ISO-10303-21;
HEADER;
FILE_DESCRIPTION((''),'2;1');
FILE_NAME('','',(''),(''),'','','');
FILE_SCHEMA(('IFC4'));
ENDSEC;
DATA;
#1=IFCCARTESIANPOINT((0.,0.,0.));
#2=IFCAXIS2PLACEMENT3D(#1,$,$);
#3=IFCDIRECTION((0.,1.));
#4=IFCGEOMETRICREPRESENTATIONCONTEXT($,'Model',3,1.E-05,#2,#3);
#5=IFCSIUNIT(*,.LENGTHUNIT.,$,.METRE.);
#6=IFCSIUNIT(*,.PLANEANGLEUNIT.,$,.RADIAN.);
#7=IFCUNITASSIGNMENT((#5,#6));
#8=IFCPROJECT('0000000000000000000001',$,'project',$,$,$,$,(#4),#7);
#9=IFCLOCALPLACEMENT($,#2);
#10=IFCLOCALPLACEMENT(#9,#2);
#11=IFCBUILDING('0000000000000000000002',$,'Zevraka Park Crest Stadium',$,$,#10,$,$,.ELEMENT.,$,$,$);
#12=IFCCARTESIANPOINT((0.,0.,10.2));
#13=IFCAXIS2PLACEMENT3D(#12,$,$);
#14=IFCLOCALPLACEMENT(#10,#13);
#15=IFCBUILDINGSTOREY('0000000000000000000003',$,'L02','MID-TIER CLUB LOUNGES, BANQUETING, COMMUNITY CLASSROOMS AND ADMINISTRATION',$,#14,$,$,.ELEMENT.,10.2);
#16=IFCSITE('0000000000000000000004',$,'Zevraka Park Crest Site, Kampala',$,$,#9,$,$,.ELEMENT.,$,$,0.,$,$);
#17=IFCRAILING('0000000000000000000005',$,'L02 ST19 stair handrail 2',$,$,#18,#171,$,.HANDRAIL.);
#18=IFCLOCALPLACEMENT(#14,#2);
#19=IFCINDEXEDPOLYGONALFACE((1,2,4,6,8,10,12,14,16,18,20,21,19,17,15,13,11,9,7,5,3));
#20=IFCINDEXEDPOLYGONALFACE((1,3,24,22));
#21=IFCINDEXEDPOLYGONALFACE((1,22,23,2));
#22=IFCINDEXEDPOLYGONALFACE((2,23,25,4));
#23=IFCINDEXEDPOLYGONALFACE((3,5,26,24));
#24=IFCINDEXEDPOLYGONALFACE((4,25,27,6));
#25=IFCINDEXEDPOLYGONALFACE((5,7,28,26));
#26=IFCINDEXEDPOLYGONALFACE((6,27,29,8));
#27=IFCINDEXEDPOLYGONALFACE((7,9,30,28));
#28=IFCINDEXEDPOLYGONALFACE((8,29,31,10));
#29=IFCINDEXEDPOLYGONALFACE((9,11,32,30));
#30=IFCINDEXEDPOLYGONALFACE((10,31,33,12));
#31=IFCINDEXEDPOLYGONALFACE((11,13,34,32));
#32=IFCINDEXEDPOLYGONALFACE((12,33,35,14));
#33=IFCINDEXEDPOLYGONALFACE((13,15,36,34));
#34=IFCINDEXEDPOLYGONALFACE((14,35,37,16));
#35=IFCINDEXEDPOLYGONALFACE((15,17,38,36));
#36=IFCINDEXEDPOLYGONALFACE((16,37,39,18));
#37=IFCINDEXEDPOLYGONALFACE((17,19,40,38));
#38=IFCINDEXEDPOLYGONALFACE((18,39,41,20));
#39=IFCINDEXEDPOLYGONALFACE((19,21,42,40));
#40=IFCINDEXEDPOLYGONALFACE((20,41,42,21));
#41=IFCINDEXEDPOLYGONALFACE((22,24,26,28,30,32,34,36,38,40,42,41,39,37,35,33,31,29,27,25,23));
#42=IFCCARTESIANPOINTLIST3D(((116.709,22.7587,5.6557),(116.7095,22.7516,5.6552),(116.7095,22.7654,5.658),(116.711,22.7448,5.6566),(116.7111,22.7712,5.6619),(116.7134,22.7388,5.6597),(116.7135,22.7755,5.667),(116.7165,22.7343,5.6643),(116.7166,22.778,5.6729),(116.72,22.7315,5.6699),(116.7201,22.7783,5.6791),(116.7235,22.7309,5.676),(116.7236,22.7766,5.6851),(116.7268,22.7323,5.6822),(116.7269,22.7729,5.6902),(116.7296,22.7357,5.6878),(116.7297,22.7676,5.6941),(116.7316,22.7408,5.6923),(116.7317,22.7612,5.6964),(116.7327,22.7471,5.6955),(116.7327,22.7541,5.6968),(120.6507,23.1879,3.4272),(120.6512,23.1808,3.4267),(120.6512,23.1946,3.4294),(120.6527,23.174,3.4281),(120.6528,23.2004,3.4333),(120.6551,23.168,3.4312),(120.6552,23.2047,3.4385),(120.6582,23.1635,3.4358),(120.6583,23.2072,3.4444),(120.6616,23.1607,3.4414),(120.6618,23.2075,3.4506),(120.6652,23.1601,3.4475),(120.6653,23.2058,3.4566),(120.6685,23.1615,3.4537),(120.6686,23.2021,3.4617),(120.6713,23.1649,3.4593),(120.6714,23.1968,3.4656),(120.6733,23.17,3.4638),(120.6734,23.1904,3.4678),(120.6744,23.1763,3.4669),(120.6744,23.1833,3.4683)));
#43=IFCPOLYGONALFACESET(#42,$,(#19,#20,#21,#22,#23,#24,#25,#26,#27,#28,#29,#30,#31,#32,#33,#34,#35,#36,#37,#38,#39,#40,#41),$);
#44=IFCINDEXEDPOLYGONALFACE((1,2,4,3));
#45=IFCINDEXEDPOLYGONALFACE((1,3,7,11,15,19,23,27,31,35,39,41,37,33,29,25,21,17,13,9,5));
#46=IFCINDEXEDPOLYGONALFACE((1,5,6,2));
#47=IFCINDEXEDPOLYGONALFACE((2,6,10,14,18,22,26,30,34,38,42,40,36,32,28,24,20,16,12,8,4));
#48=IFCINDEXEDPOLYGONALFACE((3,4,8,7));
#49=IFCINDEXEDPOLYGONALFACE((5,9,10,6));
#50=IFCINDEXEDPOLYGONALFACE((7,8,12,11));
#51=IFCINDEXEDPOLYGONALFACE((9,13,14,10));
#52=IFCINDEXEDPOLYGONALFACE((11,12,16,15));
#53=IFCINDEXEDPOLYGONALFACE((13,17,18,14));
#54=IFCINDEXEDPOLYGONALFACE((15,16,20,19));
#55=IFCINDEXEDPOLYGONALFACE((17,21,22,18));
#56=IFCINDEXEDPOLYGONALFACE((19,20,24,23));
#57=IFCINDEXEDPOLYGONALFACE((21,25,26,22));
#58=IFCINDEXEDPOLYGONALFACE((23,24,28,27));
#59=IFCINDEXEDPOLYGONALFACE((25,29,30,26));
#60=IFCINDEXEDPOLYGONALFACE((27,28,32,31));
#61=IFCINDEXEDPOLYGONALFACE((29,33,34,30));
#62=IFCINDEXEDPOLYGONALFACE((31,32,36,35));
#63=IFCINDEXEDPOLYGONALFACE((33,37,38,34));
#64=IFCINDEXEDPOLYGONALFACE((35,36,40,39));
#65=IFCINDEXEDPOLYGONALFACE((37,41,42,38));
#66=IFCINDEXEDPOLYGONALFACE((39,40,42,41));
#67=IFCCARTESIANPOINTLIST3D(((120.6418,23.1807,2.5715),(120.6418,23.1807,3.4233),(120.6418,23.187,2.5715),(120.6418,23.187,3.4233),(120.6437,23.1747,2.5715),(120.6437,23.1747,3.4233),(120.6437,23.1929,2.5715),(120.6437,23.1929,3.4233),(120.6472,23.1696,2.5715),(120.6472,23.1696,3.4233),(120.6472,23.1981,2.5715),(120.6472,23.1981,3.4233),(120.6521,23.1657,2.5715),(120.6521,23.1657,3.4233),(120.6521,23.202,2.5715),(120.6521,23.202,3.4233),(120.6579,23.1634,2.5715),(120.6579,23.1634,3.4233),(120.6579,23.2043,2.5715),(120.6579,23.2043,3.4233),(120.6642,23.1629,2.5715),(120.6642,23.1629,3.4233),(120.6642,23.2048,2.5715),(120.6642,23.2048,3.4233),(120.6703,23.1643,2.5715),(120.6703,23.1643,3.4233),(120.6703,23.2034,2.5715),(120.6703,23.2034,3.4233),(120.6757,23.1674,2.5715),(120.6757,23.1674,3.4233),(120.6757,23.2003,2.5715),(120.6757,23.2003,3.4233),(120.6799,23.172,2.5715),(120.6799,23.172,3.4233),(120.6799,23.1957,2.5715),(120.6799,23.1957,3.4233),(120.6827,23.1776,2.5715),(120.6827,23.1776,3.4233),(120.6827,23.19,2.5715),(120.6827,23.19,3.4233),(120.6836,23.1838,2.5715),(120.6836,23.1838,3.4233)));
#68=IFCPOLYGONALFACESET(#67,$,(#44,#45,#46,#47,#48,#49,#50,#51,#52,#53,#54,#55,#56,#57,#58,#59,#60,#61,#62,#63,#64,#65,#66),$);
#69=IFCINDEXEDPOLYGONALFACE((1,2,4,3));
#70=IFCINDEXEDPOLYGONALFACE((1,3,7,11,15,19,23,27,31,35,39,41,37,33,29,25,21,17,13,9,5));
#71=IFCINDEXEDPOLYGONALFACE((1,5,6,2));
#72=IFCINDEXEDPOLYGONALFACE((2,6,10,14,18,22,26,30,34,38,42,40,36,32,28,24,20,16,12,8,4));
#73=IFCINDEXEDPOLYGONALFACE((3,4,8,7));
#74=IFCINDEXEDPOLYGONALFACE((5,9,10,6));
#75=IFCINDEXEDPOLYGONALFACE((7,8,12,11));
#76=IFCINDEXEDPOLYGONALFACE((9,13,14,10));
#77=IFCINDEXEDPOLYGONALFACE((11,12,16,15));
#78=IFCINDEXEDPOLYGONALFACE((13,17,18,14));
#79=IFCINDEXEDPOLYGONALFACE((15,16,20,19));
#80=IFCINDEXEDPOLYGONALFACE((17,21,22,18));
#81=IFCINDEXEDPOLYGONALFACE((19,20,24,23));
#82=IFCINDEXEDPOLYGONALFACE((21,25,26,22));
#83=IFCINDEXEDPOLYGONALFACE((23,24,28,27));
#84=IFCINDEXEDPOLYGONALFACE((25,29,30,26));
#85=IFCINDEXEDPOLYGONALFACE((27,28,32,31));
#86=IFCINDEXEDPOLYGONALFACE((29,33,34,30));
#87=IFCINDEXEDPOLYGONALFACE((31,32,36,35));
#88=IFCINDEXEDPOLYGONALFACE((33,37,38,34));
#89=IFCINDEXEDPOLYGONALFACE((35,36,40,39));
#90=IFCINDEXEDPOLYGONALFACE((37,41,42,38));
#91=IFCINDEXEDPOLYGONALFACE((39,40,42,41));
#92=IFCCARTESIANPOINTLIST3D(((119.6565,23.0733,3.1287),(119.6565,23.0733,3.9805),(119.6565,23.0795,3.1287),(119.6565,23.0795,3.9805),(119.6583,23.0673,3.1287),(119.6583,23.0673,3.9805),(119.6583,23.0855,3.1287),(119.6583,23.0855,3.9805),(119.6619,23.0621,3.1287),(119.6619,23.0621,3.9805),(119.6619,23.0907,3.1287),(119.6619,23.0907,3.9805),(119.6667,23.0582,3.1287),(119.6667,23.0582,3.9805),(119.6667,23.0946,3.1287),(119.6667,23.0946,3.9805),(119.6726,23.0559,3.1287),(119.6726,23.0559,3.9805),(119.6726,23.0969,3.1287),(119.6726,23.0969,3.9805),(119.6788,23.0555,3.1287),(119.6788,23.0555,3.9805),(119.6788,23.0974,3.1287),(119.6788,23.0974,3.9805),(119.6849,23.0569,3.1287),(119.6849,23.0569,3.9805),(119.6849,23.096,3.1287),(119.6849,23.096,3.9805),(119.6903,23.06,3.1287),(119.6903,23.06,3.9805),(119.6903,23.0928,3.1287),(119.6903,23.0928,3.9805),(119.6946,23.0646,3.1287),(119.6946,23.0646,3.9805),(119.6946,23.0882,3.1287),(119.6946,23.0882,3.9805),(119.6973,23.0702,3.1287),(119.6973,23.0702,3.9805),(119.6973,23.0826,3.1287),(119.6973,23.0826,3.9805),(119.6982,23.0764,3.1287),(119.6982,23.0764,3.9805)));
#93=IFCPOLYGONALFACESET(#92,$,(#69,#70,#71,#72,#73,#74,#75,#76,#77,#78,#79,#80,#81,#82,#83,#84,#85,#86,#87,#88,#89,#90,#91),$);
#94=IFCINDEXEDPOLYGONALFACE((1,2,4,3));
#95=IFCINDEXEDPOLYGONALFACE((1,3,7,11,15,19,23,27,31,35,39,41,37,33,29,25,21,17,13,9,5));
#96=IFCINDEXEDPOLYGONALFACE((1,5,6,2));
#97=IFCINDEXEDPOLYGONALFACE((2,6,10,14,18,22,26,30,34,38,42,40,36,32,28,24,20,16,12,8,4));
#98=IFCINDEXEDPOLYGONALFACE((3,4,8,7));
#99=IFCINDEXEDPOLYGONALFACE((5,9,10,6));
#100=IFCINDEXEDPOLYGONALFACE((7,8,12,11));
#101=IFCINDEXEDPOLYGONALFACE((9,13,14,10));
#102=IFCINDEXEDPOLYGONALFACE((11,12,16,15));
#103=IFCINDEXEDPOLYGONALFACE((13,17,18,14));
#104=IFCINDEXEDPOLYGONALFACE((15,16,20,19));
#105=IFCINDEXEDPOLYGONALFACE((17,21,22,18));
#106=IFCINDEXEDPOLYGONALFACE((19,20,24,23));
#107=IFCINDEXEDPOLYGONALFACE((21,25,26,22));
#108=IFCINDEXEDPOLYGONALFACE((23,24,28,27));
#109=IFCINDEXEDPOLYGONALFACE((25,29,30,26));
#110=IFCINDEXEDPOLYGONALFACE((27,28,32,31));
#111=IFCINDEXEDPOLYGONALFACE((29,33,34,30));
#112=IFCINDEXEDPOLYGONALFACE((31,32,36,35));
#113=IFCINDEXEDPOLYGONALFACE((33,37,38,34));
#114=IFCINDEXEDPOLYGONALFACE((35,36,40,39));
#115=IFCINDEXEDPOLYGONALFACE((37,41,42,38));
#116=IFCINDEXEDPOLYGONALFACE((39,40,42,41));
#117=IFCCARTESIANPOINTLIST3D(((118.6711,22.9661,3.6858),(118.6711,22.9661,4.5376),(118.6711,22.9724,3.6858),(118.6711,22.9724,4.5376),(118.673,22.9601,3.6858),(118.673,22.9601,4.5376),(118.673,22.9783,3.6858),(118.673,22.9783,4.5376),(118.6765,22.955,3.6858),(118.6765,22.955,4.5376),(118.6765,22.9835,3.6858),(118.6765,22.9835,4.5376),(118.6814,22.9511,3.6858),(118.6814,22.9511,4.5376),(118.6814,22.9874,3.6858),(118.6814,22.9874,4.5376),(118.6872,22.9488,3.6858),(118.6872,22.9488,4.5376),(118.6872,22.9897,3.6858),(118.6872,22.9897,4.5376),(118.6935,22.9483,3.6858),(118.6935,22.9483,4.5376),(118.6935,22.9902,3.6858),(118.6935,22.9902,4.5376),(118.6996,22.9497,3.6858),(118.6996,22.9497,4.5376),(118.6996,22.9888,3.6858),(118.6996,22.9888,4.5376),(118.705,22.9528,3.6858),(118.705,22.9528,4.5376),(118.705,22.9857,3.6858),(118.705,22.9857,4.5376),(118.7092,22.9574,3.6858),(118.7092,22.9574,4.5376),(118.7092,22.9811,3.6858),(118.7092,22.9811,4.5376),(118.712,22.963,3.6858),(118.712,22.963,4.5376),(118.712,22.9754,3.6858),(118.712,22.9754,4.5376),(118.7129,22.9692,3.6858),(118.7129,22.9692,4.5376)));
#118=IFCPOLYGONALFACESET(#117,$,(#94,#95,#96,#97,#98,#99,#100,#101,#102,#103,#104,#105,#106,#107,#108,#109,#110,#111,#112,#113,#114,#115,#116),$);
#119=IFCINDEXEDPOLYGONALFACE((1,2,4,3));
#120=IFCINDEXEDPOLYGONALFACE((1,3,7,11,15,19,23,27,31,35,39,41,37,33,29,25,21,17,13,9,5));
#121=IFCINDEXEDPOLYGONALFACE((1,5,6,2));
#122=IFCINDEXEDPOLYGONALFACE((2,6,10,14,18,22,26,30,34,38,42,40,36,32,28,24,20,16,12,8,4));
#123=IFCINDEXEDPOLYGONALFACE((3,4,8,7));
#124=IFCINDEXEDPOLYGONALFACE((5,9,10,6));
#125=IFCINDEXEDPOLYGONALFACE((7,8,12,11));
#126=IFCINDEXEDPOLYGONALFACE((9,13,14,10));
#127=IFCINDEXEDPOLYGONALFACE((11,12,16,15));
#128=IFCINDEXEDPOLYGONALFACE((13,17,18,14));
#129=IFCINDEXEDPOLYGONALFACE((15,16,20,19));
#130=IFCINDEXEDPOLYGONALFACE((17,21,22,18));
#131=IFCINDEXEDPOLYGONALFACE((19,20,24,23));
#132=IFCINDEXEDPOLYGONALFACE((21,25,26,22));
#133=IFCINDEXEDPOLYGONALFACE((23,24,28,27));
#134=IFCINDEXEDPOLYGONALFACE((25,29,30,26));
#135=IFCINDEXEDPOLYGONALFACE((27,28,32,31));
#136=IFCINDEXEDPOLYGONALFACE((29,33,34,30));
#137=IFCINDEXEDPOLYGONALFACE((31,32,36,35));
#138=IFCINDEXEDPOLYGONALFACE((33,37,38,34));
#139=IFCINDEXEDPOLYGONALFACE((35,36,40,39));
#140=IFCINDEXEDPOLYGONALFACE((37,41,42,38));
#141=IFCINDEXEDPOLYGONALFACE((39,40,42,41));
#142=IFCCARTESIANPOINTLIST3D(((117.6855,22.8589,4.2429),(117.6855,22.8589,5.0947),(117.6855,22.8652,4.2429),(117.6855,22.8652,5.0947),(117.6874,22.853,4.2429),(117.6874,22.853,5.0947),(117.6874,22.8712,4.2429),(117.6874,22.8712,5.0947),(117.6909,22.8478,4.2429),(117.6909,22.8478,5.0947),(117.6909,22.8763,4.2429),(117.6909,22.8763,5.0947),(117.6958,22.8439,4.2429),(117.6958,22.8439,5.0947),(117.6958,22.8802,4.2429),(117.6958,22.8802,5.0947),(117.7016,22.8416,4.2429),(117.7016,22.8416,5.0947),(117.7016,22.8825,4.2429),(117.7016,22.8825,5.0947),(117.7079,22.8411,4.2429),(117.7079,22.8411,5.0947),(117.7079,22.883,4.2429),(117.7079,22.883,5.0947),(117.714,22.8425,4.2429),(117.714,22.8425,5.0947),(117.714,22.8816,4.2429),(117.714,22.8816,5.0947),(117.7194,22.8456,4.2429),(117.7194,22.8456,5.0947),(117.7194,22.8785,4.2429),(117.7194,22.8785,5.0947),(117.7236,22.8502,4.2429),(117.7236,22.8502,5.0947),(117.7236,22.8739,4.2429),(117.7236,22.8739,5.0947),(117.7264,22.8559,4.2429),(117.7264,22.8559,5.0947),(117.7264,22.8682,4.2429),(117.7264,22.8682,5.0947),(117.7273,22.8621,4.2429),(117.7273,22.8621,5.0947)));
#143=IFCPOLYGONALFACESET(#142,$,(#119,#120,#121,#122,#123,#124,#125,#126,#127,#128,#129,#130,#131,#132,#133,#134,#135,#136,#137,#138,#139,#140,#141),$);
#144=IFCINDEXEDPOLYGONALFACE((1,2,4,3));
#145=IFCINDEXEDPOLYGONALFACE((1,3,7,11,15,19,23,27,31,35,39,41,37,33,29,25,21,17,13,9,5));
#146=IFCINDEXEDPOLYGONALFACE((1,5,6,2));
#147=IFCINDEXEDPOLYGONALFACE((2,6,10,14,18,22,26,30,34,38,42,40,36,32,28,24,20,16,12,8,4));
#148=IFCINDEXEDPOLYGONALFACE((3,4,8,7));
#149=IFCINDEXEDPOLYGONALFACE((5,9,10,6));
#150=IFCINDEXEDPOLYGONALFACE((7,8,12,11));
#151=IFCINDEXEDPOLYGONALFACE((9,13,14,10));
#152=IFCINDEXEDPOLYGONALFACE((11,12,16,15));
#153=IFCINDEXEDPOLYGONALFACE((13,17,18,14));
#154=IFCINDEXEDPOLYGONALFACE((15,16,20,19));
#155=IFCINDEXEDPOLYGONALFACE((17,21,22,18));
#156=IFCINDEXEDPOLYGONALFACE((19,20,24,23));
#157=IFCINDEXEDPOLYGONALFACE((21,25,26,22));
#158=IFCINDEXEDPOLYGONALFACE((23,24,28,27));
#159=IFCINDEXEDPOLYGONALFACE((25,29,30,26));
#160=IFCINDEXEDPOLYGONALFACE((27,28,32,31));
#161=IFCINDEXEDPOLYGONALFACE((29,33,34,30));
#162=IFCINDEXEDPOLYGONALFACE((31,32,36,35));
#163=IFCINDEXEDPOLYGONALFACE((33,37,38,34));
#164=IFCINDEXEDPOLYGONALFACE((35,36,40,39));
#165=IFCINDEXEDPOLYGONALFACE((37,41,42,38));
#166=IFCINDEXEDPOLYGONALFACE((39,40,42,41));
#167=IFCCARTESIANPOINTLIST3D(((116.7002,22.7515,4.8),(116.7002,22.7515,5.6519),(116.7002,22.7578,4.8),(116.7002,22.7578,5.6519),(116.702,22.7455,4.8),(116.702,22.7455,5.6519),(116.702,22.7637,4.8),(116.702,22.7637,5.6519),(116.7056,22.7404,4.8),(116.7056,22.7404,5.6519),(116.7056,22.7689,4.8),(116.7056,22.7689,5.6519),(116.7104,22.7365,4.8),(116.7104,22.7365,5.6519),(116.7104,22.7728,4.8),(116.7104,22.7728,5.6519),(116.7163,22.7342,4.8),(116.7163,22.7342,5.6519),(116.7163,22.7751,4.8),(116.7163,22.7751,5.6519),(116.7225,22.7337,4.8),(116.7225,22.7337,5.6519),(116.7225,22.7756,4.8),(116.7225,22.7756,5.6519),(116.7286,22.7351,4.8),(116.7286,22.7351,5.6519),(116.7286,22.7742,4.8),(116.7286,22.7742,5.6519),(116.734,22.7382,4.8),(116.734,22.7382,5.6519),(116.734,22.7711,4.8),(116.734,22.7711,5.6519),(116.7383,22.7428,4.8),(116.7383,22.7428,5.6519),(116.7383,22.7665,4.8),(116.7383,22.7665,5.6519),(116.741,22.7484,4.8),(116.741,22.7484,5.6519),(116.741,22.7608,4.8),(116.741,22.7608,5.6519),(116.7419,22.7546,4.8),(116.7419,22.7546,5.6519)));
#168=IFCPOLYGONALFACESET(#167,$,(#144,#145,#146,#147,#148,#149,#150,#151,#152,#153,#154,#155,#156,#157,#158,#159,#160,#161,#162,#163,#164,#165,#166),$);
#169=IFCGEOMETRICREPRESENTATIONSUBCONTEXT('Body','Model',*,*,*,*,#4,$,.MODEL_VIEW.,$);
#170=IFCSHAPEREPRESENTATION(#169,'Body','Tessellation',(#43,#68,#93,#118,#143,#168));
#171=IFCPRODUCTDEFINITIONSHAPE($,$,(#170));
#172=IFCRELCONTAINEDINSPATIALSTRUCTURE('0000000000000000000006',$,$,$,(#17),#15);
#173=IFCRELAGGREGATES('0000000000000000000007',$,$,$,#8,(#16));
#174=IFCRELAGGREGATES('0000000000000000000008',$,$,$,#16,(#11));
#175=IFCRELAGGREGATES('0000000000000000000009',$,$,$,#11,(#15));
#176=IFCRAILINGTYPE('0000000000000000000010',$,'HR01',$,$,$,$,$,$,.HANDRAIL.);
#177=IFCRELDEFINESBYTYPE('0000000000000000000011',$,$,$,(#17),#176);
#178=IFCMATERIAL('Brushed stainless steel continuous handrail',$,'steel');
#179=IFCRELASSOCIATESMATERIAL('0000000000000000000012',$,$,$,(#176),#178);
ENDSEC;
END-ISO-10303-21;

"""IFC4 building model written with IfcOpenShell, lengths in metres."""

from ifc_helpers import new_model, si_unit, direction, frame, origin, origin_2d, place, context, subcontext, project, spatial, circle, extrude, material, type_object, element, save


model = new_model("IFC4")

# Units and contexts
model_context = context("Model", 3, precision=1e-05, world=origin(), true_north=direction((0.0, 1.0)))
body_context = subcontext(model_context, "Body", "Model", "MODEL_VIEW")
ifc_project = project(units=[si_unit("LENGTHUNIT", "METRE"), si_unit("PLANEANGLEUNIT", "RADIAN")], contexts=[model_context])

# Site, building, storey
site_placement = place(None, origin())
site = spatial("IfcSite", under=ifc_project, at=site_placement, Name="Zevraka Park Crest Site, Kampala", CompositionType="ELEMENT", RefElevation=0.0)
building_placement = place(site_placement, origin())
building = spatial("IfcBuilding", under=site, at=building_placement, Name="Zevraka Park Crest Stadium", CompositionType="ELEMENT")
storey_placement = place(building_placement, frame((0.0, 0.0, 10.2)))
storey = spatial("IfcBuildingStorey", under=building, at=storey_placement, Name="L02", Description="MID-TIER CLUB LOUNGES, BANQUETING, COMMUNITY CLASSROOMS AND ADMINISTRATION", CompositionType="ELEMENT", Elevation=10.2)

# Railing
ifc_material_1 = material(Name="Brushed stainless steel continuous handrail", Category="steel")
railing_type_1 = type_object("IfcRailingType", Name="HR01", PredefinedType="HANDRAIL", material=ifc_material_1)
railing_1_placement = place(storey_placement, frame((120.6626, 23.1838, 2.5715)))
element("IfcRailing", 1, at=railing_1_placement, inside=storey, type_object=railing_type_1, Name="L02 ST19 stair handrail 2", PredefinedType="HANDRAIL", context=body_context, shape_type="SweptSolid", body=[
    extrude(circle(Radius=0.0239, at=origin_2d()), frame((0.0, 0.0, 0.876), z_axis=(-0.866619, -0.094365, 0.489966), x_axis=(0.108248, -0.994124, 0.0)), (0.0, 0.0, 1.0), 4.5483),
    extrude(circle(Radius=0.021, at=origin_2d()), origin(), (0.0, 0.0, 1.0), 0.8518),
    extrude(circle(Radius=0.021, at=origin_2d()), frame((-0.9854, -0.1074, 0.5571)), (0.0, 0.0, 1.0), 0.8518),
    extrude(circle(Radius=0.021, at=origin_2d()), frame((-1.9707, -0.2146, 1.1143)), (0.0, 0.0, 1.0), 0.8518),
    extrude(circle(Radius=0.021, at=origin_2d()), frame((-2.9563, -0.3218, 1.6714)), (0.0, 0.0, 1.0), 0.8518),
    extrude(circle(Radius=0.021, at=origin_2d()), frame((-3.9417, -0.4292, 2.2285)), (0.0, 0.0, 1.0), 0.8518),
])

save(model, "model.ifc")
